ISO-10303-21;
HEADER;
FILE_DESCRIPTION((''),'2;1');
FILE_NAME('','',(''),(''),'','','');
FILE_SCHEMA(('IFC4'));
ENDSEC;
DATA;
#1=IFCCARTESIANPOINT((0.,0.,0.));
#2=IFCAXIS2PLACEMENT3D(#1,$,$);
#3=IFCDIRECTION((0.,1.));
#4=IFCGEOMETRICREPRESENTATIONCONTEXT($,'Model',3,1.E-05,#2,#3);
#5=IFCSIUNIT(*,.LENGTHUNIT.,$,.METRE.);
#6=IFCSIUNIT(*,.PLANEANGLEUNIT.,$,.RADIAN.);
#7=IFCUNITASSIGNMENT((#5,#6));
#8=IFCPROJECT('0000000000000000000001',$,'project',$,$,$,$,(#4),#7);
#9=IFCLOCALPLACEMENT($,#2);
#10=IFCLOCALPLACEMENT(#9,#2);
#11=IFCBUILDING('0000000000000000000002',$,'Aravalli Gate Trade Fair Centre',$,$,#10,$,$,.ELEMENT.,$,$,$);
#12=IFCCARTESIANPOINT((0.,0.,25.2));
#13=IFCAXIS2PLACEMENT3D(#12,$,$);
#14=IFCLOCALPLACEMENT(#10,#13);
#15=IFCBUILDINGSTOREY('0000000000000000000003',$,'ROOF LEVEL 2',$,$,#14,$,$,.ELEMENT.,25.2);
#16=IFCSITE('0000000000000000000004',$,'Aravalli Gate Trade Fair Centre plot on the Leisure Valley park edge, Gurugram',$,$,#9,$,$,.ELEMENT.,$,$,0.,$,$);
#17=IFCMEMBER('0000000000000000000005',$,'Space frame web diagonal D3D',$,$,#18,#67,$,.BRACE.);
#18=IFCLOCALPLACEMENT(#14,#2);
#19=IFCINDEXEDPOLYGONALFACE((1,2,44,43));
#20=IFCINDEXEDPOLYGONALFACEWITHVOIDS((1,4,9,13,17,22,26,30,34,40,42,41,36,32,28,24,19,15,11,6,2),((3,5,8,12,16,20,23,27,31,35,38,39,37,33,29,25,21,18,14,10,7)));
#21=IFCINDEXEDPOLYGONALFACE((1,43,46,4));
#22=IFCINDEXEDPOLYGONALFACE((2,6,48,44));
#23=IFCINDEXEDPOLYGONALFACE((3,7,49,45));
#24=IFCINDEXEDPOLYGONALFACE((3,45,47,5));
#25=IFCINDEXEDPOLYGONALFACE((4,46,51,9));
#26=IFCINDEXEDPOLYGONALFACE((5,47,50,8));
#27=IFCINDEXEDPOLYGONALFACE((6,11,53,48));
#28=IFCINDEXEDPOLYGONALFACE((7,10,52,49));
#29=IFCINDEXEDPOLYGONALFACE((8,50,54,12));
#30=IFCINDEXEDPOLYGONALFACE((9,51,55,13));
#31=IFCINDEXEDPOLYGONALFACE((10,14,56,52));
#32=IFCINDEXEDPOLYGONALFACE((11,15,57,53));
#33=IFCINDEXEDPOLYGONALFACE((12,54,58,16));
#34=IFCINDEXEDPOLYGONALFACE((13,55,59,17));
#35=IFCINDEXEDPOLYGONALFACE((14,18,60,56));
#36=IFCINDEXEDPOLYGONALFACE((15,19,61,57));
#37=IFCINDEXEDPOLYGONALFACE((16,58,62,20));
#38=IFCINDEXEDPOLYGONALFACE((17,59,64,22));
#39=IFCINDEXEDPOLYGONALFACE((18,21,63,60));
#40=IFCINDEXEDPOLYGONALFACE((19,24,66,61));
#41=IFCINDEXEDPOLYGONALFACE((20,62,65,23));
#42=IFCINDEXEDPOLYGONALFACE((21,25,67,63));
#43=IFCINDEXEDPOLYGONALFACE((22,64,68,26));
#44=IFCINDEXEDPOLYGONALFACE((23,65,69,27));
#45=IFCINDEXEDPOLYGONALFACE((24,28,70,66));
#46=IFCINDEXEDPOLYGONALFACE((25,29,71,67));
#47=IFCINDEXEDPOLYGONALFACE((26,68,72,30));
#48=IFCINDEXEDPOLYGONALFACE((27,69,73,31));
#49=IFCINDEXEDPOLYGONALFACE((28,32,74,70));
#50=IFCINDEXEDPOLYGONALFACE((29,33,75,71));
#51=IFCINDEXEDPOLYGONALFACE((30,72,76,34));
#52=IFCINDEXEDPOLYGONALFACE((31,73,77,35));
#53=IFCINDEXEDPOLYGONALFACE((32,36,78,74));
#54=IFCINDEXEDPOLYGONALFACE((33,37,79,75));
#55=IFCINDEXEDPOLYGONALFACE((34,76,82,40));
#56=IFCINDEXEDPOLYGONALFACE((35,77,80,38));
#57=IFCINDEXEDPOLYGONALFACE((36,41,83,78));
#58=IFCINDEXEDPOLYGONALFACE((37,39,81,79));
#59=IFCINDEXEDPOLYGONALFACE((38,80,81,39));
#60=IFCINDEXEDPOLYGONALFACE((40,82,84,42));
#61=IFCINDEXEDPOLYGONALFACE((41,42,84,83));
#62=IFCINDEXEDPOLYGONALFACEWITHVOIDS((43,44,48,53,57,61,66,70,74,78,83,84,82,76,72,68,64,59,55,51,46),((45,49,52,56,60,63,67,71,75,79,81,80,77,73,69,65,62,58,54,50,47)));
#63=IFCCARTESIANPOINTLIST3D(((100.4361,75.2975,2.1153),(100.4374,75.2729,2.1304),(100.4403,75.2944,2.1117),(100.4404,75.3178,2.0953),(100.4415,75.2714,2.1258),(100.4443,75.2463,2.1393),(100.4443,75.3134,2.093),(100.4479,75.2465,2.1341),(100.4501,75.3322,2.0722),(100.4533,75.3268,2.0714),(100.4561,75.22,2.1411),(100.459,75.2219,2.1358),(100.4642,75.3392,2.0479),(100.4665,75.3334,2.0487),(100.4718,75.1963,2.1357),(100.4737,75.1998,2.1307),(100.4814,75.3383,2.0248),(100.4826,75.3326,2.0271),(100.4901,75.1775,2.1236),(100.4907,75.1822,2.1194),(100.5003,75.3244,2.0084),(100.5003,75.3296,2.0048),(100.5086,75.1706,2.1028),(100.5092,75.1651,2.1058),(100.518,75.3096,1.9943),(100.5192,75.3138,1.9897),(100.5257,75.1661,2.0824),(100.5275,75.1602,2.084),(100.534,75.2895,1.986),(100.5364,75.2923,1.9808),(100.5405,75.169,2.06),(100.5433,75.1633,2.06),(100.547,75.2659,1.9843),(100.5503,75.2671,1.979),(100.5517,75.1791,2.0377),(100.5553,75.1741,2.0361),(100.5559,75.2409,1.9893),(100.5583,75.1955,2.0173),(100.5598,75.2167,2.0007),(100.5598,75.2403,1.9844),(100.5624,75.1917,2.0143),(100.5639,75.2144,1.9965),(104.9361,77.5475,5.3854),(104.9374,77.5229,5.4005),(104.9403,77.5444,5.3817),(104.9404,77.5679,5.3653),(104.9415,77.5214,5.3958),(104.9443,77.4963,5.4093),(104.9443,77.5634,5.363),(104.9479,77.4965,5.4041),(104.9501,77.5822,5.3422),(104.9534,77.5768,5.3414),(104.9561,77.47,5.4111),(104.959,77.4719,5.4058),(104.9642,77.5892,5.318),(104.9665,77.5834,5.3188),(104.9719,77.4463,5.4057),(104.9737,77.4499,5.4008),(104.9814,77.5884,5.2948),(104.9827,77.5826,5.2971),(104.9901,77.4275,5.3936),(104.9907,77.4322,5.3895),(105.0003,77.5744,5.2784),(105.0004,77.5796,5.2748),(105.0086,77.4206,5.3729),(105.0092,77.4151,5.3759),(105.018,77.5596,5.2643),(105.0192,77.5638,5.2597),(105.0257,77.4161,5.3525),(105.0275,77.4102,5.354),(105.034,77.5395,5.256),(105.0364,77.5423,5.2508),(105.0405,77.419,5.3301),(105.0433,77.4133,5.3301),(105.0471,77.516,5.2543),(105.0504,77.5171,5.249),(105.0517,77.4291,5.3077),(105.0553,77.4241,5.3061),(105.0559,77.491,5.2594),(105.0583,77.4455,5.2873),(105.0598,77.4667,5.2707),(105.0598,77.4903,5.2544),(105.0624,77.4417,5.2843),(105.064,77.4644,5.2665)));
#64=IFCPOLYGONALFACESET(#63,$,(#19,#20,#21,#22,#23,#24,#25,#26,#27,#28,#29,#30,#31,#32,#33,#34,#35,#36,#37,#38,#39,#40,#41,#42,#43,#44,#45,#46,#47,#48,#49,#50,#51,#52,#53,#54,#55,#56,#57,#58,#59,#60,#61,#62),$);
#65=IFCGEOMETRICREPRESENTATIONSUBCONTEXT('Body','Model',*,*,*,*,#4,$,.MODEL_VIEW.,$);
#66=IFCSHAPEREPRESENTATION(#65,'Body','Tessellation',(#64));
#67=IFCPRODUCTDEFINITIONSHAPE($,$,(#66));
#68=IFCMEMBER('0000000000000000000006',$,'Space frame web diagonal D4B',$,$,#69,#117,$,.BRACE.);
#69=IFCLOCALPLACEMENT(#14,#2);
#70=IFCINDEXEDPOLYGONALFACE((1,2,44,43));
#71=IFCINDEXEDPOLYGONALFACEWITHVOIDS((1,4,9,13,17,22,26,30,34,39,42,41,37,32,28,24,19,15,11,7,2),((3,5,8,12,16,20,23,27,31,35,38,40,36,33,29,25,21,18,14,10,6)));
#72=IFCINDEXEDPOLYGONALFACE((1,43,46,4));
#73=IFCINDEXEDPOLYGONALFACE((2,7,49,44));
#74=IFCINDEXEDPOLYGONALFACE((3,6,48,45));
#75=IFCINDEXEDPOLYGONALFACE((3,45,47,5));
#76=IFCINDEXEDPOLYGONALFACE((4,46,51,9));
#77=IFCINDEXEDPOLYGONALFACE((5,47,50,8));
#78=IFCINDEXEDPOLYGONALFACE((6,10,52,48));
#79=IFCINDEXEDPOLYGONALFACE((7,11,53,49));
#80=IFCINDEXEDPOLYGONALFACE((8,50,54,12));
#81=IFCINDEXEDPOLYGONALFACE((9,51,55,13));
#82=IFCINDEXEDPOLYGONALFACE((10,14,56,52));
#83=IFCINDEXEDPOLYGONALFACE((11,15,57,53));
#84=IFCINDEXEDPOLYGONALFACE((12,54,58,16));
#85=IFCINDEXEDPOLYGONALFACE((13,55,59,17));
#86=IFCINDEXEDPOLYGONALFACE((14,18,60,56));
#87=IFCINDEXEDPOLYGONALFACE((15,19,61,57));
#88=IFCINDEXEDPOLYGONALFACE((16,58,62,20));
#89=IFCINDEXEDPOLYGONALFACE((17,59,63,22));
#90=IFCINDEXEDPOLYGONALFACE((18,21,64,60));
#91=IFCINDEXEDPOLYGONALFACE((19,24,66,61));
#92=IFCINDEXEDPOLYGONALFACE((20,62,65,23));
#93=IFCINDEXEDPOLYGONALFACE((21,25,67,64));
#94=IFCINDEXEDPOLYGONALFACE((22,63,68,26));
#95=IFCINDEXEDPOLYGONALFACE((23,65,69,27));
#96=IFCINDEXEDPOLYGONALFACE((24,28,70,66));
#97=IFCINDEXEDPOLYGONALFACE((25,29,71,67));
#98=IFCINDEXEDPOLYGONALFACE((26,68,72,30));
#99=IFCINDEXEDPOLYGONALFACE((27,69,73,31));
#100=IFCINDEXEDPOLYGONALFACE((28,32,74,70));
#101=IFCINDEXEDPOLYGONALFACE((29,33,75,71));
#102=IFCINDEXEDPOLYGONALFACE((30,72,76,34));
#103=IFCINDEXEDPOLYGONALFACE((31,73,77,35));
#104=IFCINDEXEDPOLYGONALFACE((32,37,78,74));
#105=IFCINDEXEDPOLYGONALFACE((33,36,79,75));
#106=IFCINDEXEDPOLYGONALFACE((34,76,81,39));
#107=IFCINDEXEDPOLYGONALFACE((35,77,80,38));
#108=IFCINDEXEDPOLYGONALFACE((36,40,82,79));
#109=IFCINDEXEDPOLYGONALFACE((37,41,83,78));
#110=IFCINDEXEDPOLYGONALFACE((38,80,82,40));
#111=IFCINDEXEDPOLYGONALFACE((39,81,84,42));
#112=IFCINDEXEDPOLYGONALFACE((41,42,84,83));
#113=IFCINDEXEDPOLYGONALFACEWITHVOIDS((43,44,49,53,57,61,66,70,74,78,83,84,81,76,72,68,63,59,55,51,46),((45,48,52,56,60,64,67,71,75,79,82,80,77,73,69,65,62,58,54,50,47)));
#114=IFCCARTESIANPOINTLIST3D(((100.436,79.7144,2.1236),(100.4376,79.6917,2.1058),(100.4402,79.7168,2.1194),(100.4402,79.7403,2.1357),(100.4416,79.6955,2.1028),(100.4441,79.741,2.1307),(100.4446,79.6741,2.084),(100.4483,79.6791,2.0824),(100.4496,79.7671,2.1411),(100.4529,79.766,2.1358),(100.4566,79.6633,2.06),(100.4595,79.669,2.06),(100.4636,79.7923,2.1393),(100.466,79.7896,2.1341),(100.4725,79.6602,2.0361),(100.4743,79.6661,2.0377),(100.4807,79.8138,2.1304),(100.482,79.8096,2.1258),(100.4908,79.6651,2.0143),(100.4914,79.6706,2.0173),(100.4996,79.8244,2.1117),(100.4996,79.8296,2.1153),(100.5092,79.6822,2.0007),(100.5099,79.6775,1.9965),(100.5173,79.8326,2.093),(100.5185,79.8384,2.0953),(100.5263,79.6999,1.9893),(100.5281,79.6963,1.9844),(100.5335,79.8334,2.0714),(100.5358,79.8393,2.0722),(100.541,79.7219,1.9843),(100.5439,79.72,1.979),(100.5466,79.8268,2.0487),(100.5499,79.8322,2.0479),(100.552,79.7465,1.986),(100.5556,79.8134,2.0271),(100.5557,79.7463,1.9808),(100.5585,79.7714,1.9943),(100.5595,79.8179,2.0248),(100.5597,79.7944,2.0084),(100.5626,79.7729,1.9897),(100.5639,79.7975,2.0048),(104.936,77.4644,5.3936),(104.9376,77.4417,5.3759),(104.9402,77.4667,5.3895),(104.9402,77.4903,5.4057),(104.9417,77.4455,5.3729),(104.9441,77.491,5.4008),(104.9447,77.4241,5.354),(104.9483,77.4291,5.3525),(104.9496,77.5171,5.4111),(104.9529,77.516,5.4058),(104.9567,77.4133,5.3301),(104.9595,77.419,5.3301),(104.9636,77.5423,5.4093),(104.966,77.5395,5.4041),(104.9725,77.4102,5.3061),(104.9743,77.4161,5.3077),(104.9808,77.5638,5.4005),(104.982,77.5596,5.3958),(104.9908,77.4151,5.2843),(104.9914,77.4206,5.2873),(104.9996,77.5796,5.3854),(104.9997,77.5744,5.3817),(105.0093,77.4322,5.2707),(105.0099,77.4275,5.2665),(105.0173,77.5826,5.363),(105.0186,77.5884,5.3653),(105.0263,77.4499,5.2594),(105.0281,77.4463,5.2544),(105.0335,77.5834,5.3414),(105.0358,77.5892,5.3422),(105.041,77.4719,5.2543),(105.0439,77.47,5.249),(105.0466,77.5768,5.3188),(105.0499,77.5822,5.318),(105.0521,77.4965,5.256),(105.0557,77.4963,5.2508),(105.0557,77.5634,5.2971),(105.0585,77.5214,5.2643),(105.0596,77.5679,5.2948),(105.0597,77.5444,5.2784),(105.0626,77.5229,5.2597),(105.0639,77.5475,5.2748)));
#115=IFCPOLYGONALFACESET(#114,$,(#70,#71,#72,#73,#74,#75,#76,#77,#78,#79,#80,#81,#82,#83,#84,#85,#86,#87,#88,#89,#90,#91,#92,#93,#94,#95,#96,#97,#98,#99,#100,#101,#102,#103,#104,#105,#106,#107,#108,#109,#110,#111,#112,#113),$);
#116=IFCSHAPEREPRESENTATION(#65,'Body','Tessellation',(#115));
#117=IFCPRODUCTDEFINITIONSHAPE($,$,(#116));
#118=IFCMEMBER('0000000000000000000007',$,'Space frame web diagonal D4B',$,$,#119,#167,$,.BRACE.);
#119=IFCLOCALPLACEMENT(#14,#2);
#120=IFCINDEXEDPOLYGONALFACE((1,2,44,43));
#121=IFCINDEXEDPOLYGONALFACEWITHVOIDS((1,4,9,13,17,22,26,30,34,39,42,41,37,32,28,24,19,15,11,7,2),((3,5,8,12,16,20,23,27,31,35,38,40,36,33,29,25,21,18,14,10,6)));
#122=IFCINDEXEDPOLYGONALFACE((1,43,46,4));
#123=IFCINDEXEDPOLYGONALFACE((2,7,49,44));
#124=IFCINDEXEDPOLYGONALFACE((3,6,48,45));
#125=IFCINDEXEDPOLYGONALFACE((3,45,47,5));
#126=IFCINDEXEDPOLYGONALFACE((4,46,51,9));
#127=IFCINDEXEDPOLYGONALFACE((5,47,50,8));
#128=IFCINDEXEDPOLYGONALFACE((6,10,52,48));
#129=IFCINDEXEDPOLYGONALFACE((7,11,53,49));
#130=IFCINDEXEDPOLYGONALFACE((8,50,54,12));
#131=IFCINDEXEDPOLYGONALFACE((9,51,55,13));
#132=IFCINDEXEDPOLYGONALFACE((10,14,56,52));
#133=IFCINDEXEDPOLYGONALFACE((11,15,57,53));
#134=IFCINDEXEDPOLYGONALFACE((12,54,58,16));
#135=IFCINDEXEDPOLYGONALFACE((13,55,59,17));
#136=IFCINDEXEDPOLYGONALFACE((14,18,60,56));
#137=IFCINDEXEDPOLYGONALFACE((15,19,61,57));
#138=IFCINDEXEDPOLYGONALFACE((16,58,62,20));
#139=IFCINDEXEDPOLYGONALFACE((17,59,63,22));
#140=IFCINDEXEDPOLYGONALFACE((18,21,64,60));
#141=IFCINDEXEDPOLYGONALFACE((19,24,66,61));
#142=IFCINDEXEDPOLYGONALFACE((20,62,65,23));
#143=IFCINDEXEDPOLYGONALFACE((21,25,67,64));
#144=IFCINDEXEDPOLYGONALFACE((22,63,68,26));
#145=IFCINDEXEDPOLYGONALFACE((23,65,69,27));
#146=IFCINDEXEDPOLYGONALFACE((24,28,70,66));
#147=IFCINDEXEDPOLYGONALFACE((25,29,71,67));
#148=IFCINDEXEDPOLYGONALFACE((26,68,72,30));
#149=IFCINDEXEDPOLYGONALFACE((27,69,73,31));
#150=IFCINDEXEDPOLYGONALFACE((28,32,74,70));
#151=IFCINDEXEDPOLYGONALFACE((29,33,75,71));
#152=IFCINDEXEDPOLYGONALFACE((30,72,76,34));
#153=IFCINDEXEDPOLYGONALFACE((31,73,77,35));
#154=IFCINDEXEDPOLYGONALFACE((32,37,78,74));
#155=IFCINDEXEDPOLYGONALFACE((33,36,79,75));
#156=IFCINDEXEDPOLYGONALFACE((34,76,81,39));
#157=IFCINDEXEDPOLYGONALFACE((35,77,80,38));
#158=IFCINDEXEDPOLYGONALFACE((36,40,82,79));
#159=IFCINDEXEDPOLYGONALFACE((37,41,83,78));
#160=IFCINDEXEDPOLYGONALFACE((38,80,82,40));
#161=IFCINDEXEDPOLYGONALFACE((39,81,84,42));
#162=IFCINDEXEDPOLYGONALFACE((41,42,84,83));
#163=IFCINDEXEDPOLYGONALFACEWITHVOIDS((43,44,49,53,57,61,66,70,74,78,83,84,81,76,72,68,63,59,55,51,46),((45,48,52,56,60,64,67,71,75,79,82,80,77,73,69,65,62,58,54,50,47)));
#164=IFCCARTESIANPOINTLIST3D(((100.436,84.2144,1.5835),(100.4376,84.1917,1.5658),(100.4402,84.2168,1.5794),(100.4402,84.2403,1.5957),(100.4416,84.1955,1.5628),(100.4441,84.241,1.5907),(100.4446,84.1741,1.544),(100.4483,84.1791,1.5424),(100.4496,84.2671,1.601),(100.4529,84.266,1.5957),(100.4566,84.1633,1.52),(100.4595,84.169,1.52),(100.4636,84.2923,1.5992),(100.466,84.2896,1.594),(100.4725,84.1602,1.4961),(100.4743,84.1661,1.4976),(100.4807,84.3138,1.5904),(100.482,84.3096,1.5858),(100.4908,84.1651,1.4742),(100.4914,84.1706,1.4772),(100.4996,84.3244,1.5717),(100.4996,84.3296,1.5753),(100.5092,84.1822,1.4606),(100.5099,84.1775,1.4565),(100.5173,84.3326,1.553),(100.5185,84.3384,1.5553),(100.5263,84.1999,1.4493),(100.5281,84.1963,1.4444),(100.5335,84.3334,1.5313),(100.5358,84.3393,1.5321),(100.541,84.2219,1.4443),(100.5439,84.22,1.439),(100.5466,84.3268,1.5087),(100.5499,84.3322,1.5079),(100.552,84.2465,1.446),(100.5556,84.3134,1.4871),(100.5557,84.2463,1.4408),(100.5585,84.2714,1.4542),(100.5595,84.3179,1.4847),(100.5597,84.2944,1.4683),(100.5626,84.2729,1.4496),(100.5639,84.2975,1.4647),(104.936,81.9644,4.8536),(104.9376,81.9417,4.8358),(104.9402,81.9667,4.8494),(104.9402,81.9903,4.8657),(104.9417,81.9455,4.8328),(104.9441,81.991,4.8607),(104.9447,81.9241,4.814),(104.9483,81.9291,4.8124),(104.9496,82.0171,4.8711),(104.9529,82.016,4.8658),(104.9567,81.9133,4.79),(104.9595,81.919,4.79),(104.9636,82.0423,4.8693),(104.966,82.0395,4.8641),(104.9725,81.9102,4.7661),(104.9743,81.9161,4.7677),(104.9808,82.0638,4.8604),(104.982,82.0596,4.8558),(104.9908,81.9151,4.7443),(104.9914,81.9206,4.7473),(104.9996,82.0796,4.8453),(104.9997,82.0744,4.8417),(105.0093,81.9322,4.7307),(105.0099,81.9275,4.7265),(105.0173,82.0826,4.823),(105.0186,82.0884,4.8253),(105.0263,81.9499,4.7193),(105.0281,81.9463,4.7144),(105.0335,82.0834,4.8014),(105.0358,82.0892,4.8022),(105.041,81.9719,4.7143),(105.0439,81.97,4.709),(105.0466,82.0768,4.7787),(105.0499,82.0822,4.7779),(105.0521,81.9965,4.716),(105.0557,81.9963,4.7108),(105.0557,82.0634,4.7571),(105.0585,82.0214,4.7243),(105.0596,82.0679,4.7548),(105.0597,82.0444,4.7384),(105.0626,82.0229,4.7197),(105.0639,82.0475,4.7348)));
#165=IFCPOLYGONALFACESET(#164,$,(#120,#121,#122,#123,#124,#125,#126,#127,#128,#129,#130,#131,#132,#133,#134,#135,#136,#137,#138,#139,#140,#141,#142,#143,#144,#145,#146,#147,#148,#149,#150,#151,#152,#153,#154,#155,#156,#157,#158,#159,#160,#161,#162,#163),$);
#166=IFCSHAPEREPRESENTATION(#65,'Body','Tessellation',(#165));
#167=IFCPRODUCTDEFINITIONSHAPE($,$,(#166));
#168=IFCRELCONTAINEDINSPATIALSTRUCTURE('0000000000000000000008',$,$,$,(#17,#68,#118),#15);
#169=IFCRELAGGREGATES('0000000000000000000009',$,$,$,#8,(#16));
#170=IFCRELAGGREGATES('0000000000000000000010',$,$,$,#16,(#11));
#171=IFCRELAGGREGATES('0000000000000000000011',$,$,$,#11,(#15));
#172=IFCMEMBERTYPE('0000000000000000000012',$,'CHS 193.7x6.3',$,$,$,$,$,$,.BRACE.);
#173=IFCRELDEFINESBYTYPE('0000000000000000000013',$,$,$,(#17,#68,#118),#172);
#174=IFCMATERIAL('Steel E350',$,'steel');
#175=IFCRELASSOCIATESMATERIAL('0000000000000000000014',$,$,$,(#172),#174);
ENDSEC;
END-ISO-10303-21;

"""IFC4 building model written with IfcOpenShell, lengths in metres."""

from ifc_helpers import new_model, si_unit, direction, frame, origin, origin_2d, place, context, subcontext, project, spatial, hollow_circle, extrude, material, material_profile, profile_set, type_object, element, save


model = new_model("IFC4")

# Units and contexts
model_context = context("Model", 3, precision=1e-05, world=origin(), true_north=direction((0.0, 1.0)))
body_context = subcontext(model_context, "Body", "Model", "MODEL_VIEW")
ifc_project = project(units=[si_unit("LENGTHUNIT", "METRE"), si_unit("PLANEANGLEUNIT", "RADIAN")], contexts=[model_context])

# Site, building, storey
site_placement = place(None, origin())
site = spatial("IfcSite", under=ifc_project, at=site_placement, Name="Aravalli Gate Trade Fair Centre plot on the Leisure Valley park edge, Gurugram", CompositionType="ELEMENT", RefElevation=0.0)
building_placement = place(site_placement, origin())
building = spatial("IfcBuilding", under=site, at=building_placement, Name="Aravalli Gate Trade Fair Centre", CompositionType="ELEMENT")
storey_placement = place(building_placement, frame((0.0, 0.0, 25.2)))
storey = spatial("IfcBuildingStorey", under=building, at=storey_placement, Name="ROOF LEVEL 2", CompositionType="ELEMENT", Elevation=25.2)

# Members
ifc_material_1 = material(Name="Steel E350", Category="steel")
ifc_material_profile_1 = material_profile(ifc_material_1, hollow_circle(Radius=0.0969, WallThickness=0.0063, at=origin_2d()), Name="CHS 193.7x6.3")
ifc_profile_set_1 = profile_set([ifc_material_profile_1], Name="Steel E350")
member_type_1 = type_object("IfcMemberType", Name="CHS 193.7x6.3", PredefinedType="BRACE", material=ifc_profile_set_1)
for number, where, z_axis, x_axis, name in (
    (1, (105.0, 77.5, 5.3301), (-0.749942, -0.374971, -0.544961), (0.447214, -0.894427, 0.0), "Space frame web diagonal D3D"),
    (2, (105.0, 77.5, 5.3301), (-0.749942, 0.374971, -0.544961), (-0.447214, -0.894427, 0.0), "Space frame web diagonal D4B"),
    (3, (105.0, 82.0, 4.79), (-0.749942, 0.374971, -0.544961), (-0.447214, -0.894427, 0.0), "Space frame web diagonal D4B"),
):
    element("IfcMember", number, at=place(storey_placement, frame(where, z_axis=z_axis, x_axis=x_axis)), inside=storey, type_object=member_type_1, Name=name, PredefinedType="BRACE", context=body_context, shape_type="SweptSolid", body=[
        extrude(hollow_circle(Radius=0.0969, WallThickness=0.0063, at=origin_2d()), origin(), (0.0, 0.0, 1.0), 6.0005),
    ])

save(model, "model.ifc")
